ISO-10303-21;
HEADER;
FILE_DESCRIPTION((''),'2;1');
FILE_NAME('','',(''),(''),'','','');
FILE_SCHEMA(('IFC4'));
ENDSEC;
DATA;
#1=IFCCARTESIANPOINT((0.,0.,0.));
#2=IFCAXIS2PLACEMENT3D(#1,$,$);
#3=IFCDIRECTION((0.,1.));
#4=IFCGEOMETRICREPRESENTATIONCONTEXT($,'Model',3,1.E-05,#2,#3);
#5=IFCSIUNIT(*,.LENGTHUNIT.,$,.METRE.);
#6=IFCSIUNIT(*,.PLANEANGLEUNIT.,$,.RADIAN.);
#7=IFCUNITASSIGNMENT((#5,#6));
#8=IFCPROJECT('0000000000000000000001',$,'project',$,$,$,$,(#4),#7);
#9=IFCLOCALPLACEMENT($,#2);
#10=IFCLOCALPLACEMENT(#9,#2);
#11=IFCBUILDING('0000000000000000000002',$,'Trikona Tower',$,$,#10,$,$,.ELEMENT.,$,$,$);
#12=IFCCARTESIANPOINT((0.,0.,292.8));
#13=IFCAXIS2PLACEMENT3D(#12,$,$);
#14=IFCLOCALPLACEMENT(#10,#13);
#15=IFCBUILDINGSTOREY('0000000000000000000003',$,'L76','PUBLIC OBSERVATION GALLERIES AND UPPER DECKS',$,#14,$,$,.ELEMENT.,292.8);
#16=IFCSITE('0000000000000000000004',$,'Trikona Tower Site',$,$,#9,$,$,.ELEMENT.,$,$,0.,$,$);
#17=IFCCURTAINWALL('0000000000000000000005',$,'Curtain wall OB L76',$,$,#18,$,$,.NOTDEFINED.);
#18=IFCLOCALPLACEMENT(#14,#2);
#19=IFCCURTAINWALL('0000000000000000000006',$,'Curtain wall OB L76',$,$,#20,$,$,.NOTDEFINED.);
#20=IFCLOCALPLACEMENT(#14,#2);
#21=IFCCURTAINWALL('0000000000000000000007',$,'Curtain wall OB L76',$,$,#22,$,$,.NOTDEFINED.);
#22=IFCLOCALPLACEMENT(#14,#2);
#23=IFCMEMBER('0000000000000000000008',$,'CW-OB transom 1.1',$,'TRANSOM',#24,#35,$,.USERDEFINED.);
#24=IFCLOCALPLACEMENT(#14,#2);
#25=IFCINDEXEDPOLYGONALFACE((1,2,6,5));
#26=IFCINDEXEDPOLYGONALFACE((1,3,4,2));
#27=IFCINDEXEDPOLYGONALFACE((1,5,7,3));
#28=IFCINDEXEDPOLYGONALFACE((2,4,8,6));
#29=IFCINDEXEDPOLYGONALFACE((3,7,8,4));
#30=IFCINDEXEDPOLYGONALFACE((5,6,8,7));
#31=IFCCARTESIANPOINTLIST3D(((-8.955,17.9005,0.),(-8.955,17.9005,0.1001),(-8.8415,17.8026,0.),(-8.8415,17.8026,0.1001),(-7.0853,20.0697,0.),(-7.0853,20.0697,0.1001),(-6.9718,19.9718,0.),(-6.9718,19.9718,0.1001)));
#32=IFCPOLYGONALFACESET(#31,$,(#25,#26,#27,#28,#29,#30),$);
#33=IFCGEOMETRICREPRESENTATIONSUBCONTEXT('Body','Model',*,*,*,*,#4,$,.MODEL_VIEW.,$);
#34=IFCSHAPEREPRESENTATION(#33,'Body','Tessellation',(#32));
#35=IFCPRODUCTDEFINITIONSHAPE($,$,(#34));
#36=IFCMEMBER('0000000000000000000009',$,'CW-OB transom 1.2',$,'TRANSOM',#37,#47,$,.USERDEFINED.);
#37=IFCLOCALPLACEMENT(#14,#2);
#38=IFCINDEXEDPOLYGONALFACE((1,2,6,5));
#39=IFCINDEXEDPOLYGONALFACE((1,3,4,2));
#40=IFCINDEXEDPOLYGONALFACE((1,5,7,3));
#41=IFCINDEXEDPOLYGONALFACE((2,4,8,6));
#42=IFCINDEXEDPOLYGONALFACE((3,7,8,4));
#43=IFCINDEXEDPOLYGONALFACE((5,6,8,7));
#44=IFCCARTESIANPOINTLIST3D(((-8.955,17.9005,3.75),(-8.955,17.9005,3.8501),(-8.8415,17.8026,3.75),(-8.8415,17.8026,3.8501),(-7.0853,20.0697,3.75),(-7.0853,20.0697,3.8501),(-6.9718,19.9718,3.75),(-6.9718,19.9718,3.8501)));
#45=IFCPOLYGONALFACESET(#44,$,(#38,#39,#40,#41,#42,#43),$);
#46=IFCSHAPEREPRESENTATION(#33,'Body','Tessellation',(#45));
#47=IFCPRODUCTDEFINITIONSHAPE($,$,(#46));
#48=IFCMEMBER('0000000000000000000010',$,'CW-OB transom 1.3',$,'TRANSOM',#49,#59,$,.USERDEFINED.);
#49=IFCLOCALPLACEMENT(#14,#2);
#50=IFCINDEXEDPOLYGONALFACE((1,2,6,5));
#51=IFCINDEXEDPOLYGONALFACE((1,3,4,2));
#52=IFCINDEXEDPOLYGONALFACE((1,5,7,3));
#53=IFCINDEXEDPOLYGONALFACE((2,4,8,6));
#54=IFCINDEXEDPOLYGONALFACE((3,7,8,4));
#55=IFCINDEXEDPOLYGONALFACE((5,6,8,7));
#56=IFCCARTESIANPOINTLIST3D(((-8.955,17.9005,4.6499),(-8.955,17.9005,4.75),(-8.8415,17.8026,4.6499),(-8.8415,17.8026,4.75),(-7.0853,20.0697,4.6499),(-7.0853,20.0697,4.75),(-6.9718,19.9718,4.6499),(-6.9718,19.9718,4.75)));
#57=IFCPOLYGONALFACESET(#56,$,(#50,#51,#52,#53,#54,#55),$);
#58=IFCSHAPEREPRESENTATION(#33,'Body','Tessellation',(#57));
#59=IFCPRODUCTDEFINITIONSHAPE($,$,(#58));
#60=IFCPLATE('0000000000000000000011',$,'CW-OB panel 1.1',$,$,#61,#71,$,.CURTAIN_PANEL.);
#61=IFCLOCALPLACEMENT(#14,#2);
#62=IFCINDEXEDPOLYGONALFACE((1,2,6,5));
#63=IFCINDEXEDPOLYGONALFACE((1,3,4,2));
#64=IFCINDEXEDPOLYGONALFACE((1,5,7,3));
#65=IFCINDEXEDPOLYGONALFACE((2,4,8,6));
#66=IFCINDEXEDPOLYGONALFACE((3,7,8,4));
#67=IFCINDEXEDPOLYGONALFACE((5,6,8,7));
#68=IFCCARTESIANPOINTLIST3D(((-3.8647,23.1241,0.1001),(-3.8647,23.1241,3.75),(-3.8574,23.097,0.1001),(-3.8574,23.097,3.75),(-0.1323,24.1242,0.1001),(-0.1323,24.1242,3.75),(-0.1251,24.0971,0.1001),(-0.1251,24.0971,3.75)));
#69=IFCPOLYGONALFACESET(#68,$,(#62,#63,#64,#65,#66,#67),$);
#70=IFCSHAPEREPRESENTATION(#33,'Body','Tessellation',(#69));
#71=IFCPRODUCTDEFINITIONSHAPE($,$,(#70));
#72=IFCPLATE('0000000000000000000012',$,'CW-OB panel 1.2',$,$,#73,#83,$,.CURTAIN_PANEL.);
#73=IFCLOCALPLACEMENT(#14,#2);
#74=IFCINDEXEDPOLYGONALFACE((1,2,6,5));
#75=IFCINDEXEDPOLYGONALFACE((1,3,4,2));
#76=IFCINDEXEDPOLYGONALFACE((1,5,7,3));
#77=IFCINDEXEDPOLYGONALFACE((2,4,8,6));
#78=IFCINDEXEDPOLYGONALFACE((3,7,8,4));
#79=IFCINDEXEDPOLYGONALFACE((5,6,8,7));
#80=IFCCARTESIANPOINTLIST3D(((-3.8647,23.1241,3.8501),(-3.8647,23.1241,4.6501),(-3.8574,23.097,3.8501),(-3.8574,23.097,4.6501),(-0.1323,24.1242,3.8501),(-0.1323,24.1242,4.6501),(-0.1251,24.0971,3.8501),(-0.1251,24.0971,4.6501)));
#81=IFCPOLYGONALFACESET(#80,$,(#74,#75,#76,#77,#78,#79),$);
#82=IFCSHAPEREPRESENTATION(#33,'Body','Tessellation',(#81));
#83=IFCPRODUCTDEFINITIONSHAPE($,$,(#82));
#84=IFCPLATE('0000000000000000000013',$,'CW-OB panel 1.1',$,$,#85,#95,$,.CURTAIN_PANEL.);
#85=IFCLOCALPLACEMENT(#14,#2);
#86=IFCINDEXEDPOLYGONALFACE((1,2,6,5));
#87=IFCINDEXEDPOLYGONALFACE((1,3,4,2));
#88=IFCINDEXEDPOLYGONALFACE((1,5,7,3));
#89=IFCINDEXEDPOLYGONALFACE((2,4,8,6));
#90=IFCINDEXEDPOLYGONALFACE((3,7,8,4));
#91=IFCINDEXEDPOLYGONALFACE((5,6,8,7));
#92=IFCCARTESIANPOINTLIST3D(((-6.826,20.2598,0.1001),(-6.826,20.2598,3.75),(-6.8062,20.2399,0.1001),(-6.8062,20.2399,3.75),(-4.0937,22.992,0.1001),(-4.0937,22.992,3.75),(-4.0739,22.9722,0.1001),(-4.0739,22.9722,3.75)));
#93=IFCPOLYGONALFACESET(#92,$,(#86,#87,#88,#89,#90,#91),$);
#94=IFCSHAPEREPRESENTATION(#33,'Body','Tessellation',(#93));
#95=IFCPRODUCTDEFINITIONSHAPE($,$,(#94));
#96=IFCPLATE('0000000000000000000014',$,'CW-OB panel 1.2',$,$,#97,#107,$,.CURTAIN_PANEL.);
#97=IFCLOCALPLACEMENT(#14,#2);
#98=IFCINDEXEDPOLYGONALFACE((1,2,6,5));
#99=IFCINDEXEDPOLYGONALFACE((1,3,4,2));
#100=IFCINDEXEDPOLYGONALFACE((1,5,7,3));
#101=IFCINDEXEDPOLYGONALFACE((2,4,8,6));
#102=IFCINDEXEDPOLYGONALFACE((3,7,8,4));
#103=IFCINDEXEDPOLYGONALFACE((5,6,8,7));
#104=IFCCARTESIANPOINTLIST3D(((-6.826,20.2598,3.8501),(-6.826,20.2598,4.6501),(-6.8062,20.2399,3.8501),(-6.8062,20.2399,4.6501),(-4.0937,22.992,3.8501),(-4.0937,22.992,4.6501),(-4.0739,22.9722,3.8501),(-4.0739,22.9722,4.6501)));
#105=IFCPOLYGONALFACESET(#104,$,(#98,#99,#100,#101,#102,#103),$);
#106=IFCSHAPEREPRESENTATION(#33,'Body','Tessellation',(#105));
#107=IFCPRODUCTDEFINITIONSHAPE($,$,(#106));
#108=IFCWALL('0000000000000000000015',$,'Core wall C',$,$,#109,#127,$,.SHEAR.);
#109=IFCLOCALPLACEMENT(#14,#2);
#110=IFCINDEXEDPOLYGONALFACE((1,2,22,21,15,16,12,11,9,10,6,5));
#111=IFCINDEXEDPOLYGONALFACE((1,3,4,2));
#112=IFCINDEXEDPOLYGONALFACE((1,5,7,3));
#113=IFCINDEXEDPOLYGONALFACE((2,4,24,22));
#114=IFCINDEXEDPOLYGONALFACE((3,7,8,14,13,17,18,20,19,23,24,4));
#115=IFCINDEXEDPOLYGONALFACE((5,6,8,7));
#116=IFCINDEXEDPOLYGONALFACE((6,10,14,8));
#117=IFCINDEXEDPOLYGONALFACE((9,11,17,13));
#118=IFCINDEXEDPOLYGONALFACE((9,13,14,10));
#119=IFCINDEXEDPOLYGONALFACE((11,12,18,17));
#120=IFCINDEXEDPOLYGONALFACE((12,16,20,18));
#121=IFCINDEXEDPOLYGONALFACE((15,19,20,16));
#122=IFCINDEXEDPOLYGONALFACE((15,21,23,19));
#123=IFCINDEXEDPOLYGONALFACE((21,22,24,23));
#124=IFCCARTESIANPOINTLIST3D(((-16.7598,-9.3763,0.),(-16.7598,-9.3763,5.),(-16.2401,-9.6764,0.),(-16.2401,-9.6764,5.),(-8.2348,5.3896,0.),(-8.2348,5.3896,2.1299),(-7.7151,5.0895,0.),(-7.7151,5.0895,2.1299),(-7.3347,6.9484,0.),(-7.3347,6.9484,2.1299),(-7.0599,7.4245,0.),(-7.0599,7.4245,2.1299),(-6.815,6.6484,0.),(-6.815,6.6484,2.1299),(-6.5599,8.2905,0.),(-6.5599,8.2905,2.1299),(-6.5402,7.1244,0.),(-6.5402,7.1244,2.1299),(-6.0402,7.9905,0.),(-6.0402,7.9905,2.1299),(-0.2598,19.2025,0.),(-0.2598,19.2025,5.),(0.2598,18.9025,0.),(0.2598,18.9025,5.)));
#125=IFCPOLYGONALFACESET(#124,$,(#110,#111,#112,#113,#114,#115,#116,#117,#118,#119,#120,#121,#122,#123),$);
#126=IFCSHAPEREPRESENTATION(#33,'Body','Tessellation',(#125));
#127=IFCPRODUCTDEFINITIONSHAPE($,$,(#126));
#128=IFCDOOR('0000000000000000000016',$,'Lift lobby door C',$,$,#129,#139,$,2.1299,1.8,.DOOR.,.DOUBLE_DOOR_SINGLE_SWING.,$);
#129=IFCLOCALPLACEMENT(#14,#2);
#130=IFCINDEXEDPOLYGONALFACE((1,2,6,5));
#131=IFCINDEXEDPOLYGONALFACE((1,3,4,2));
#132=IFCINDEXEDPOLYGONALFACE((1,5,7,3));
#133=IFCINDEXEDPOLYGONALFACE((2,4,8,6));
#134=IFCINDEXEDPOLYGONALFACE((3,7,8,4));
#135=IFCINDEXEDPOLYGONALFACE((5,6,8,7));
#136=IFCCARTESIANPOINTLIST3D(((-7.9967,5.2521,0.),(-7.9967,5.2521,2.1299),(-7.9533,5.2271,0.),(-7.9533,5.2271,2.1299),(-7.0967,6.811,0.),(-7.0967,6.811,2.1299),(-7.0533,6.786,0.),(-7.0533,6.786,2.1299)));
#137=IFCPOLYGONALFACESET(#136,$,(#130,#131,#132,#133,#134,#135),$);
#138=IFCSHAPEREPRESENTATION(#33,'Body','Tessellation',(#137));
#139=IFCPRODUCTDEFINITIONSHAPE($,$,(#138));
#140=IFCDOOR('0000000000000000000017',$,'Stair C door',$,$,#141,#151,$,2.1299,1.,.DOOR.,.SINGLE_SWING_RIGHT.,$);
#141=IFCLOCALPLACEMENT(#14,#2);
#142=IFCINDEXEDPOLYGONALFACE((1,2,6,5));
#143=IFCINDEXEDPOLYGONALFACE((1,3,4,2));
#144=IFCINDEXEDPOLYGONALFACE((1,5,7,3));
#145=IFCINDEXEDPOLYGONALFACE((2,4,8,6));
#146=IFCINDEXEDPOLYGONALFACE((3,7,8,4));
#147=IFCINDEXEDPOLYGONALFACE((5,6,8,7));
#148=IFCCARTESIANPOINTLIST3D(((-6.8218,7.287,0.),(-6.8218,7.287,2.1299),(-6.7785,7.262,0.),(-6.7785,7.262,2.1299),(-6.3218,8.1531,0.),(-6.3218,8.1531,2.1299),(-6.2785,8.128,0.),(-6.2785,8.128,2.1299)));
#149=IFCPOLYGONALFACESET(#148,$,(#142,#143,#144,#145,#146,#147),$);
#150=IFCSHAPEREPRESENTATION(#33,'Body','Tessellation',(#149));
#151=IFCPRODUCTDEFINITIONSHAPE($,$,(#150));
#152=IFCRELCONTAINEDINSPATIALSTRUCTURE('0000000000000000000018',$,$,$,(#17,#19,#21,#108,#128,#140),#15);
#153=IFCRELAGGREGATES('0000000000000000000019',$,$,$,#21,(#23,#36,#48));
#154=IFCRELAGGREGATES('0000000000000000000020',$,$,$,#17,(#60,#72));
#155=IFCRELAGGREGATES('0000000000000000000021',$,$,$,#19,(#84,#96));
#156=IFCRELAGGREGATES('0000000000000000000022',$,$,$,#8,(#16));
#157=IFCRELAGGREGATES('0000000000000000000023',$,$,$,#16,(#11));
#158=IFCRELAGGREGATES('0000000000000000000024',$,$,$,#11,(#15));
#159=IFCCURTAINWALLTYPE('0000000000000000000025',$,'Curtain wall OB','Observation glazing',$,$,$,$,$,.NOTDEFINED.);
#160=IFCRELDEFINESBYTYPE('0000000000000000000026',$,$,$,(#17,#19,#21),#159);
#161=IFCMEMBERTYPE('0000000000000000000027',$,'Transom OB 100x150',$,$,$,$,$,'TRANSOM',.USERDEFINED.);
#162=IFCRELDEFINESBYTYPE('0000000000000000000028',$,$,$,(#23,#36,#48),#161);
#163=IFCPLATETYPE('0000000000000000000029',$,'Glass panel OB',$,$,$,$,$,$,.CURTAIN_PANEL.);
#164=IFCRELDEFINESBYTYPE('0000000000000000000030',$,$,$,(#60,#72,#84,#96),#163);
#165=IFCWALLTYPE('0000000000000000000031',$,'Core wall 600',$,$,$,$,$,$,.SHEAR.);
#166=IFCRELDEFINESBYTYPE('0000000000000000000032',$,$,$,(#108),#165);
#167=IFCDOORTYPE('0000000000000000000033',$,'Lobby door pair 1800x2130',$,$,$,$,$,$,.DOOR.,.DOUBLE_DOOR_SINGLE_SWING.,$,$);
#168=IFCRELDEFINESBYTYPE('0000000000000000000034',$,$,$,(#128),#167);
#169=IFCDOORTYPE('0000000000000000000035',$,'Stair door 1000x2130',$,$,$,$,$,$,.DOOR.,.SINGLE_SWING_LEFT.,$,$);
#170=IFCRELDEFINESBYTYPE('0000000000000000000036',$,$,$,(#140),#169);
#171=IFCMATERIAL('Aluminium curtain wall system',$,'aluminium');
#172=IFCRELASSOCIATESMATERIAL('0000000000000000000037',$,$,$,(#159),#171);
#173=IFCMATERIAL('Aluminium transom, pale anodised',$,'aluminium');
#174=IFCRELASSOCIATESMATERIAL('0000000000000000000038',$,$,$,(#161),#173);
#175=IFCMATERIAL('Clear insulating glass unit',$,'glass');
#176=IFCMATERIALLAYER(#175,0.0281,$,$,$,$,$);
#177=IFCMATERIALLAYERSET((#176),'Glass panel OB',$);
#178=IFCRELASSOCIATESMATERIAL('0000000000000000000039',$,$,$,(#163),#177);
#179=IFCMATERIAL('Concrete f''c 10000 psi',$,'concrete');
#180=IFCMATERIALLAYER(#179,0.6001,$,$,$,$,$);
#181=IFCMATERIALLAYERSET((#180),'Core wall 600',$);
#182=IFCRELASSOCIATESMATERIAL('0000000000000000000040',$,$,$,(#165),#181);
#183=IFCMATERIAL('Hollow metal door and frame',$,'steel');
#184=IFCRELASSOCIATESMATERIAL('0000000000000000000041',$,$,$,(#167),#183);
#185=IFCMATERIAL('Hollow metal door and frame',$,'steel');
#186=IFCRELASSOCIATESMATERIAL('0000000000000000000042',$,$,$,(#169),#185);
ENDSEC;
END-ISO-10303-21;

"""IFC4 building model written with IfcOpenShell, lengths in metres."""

from ifc_helpers import new_model, si_unit, direction, frame, frame_2d, origin, origin_2d, place, context, subcontext, project, spatial, rectangle, extrude, material, layer, layer_set, material_profile, profile_set, type_object, element, fill, aggregate, save


model = new_model("IFC4")

# Units and contexts
model_context = context("Model", 3, precision=1e-05, world=origin(), true_north=direction((0.0, 1.0)))
body_context = subcontext(model_context, "Body", "Model", "MODEL_VIEW")
ifc_project = project(units=[si_unit("LENGTHUNIT", "METRE"), si_unit("PLANEANGLEUNIT", "RADIAN")], contexts=[model_context])

# Site, building, storey
site_placement = place(None, origin())
site = spatial("IfcSite", under=ifc_project, at=site_placement, Name="Trikona Tower Site", CompositionType="ELEMENT", RefElevation=0.0)
building_placement = place(site_placement, origin())
building = spatial("IfcBuilding", under=site, at=building_placement, Name="Trikona Tower", CompositionType="ELEMENT")
storey_placement = place(building_placement, frame((0.0, 0.0, 292.8)))
storey = spatial("IfcBuildingStorey", under=building, at=storey_placement, Name="L76", Description="PUBLIC OBSERVATION GALLERIES AND UPPER DECKS", CompositionType="ELEMENT", Elevation=292.8)

# Curtain walls
ifc_material_1 = material(Name="Aluminium curtain wall system", Category="aluminium")
curtain_wall_type = type_object("IfcCurtainWallType", Name="Curtain wall OB", Description="Observation glazing", PredefinedType="NOTDEFINED", material=ifc_material_1)
curtain_wall_1_placement = place(storey_placement, origin())
curtain_wall_1 = element("IfcCurtainWall", 1, at=curtain_wall_1_placement, inside=storey, type_object=curtain_wall_type, Name="Curtain wall OB L76", PredefinedType="NOTDEFINED")
curtain_wall_2_placement = place(storey_placement, origin())
curtain_wall_2 = element("IfcCurtainWall", 2, at=curtain_wall_2_placement, inside=storey, type_object=curtain_wall_type, Name="Curtain wall OB L76", PredefinedType="NOTDEFINED")

# Curtain wall
curtain_wall_3_placement = place(storey_placement, origin())
curtain_wall_3 = element("IfcCurtainWall", 3, at=curtain_wall_3_placement, inside=storey, type_object=curtain_wall_type, Name="Curtain wall OB L76", PredefinedType="NOTDEFINED")

# Members
ifc_material_2 = material(Name="Aluminium transom, pale anodised", Category="aluminium")
ifc_material_profile_1 = material_profile(ifc_material_2, rectangle(XDim=0.1499, YDim=0.1001, at=origin_2d()), Name="TRN-OB")
ifc_profile_set_1 = profile_set([ifc_material_profile_1], Name="Aluminium transom, pale anodised")
member_type_1 = type_object("IfcMemberType", Name="Transom OB 100x150", ElementType="TRANSOM", PredefinedType="USERDEFINED", material=ifc_profile_set_1)
member_1_placement = place(storey_placement, frame((-7.0286, 20.0208, 0.05), z_axis=(-0.652867, -0.757472, 0.0), x_axis=(0.757472, -0.652867, 0.0)))
member_1 = element("IfcMember", 4, at=member_1_placement, type_object=member_type_1, Name="CW-OB transom 1.1", ObjectType="TRANSOM", PredefinedType="USERDEFINED", context=body_context, shape_type="SweptSolid", body=[
    extrude(rectangle(XDim=0.1499, YDim=0.1001, at=origin_2d()), origin(), (0.0, 0.0, 1.0), 2.8638),
])
member_2_placement = place(storey_placement, frame((-7.0286, 20.0208, 3.8), z_axis=(-0.652867, -0.757472, 0.0), x_axis=(0.757472, -0.652867, 0.0)))
member_2 = element("IfcMember", 5, at=member_2_placement, type_object=member_type_1, Name="CW-OB transom 1.2", ObjectType="TRANSOM", PredefinedType="USERDEFINED", context=body_context, shape_type="SweptSolid", body=[
    extrude(rectangle(XDim=0.1499, YDim=0.1001, at=origin_2d()), origin(), (0.0, 0.0, 1.0), 2.8638),
])
member_3_placement = place(storey_placement, frame((-7.0286, 20.0208, 4.7), z_axis=(-0.652867, -0.757472, 0.0), x_axis=(0.757472, -0.652867, 0.0)))
member_3 = element("IfcMember", 6, at=member_3_placement, type_object=member_type_1, Name="CW-OB transom 1.3", ObjectType="TRANSOM", PredefinedType="USERDEFINED", context=body_context, shape_type="SweptSolid", body=[
    extrude(rectangle(XDim=0.1499, YDim=0.1001, at=origin_2d()), origin(), (0.0, 0.0, 1.0), 2.8638),
])
aggregate(curtain_wall_3, [member_1, member_2, member_3])

# Plates
ifc_material_3 = material(Name="Clear insulating glass unit", Category="glass")
ifc_layer_1 = layer(ifc_material_3, 0.0281)
ifc_layer_set_1 = layer_set([ifc_layer_1], Name="Glass panel OB")
plate_type = type_object("IfcPlateType", Name="Glass panel OB", PredefinedType="CURTAIN_PANEL", material=ifc_layer_set_1)
plate_1_placement = place(storey_placement, frame((-1.9949, 23.6106, 0.1001), z_axis=(0.0, 0.0, 1.0), x_axis=(-0.965923, -0.258828, 0.0)))
plate_1 = element("IfcPlate", 7, at=plate_1_placement, type_object=plate_type, Name="CW-OB panel 1.1", PredefinedType="CURTAIN_PANEL", context=body_context, shape_type="SweptSolid", body=[
    extrude(rectangle(XDim=3.864, YDim=0.0281, at=origin_2d()), origin(), (0.0, 0.0, 1.0), 3.6499),
])
plate_2_placement = place(storey_placement, frame((-1.9949, 23.6106, 3.8501), z_axis=(0.0, 0.0, 1.0), x_axis=(-0.965923, -0.258828, 0.0)))
plate_2 = element("IfcPlate", 8, at=plate_2_placement, type_object=plate_type, Name="CW-OB panel 1.2", PredefinedType="CURTAIN_PANEL", context=body_context, shape_type="SweptSolid", body=[
    extrude(rectangle(XDim=3.864, YDim=0.0281, at=origin_2d()), origin(), (0.0, 0.0, 1.0), 0.8),
])
aggregate(curtain_wall_1, [plate_1, plate_2])
plate_3_placement = place(storey_placement, frame((-5.45, 21.616, 0.1001), z_axis=(0.0, 0.0, 1.0), x_axis=(-0.707107, -0.707107, 0.0)))
plate_3 = element("IfcPlate", 9, at=plate_3_placement, type_object=plate_type, Name="CW-OB panel 1.1", PredefinedType="CURTAIN_PANEL", context=body_context, shape_type="SweptSolid", body=[
    extrude(rectangle(XDim=3.864, YDim=0.0281, at=origin_2d()), origin(), (0.0, 0.0, 1.0), 3.6499),
])
plate_4_placement = place(storey_placement, frame((-5.45, 21.616, 3.8501), z_axis=(0.0, 0.0, 1.0), x_axis=(-0.707107, -0.707107, 0.0)))
plate_4 = element("IfcPlate", 10, at=plate_4_placement, type_object=plate_type, Name="CW-OB panel 1.2", PredefinedType="CURTAIN_PANEL", context=body_context, shape_type="SweptSolid", body=[
    extrude(rectangle(XDim=3.864, YDim=0.0281, at=origin_2d()), origin(), (0.0, 0.0, 1.0), 0.8),
])
aggregate(curtain_wall_2, [plate_3, plate_4])

# Wall, openings, doors
ifc_material_4 = material(Name="Concrete f'c 10000 psi", Category="concrete")
ifc_layer_2 = layer(ifc_material_4, 0.6001)
ifc_layer_set_2 = layer_set([ifc_layer_2], Name="Core wall 600")
wall_type_1 = type_object("IfcWallType", Name="Core wall 600", PredefinedType="SHEAR", material=ifc_layer_set_2)
wall_1_placement = place(storey_placement, frame((0.0, 19.0525, 0.0), z_axis=(0.0, 0.0, 1.0), x_axis=(-0.5, -0.866026, 0.0)))
wall_1 = element("IfcWall", 11, at=wall_1_placement, inside=storey, type_object=wall_type_1, Name="Core wall C", PredefinedType="SHEAR", context=body_context, shape_type="SweptSolid", body=[
    extrude(rectangle(XDim=33.0, YDim=0.6001, at=frame_2d((16.5, 0.0))), origin(), (0.0, 0.0, 1.0), 5.0),
])
opening_1_placement = place(wall_1_placement, frame((14.1499, 0.0, 0.0)))
opening_1 = element("IfcOpeningElement", 12, at=opening_1_placement, cuts=wall_1, PredefinedType="OPENING", context=body_context, shape_type="SweptSolid", body=[
    extrude(rectangle(XDim=1.8, YDim=2.1299, at=frame_2d((0.8999, 1.0649))), frame((0.0, 0.3101, 0.0), z_axis=(0.0, -1.0, 0.0), x_axis=(1.0, 0.0, 0.0)), (0.0, 0.0, 1.0), 0.6201),
])
opening_2_placement = place(wall_1_placement, frame((12.6001, 0.0, 0.0)))
opening_2 = element("IfcOpeningElement", 13, at=opening_2_placement, cuts=wall_1, PredefinedType="OPENING", context=body_context, shape_type="SweptSolid", body=[
    extrude(rectangle(XDim=1.0, YDim=2.1299, at=frame_2d((0.5, 1.0649))), frame((0.0, 0.3101, 0.0), z_axis=(0.0, -1.0, 0.0), x_axis=(1.0, 0.0, 0.0)), (0.0, 0.0, 1.0), 0.6201),
])
ifc_material_5 = material(Name="Hollow metal door and frame", Category="steel")
door_type_1 = type_object("IfcDoorType", Name="Lobby door pair 1800x2130", OperationType="DOUBLE_DOOR_SINGLE_SWING", PredefinedType="DOOR", material=ifc_material_5)
door_1_placement = place(opening_1_placement, origin())
door_1 = element("IfcDoor", 14, at=door_1_placement, inside=storey, type_object=door_type_1, Name="Lift lobby door C", OperationType="DOUBLE_DOOR_SINGLE_SWING", OverallHeight=2.1299, OverallWidth=1.8, PredefinedType="DOOR", context=body_context, shape_type="SweptSolid", body=[
    extrude(rectangle(XDim=1.8, YDim=2.1299, at=frame_2d((0.8999, 1.0649))), frame((0.0, 0.0249, 0.0), z_axis=(0.0, -1.0, 0.0), x_axis=(1.0, 0.0, 0.0)), (0.0, 0.0, 1.0), 0.05),
])
fill(opening_1, door_1)
ifc_material_6 = material(Name="Hollow metal door and frame", Category="steel")
door_type_2 = type_object("IfcDoorType", Name="Stair door 1000x2130", OperationType="SINGLE_SWING_LEFT", PredefinedType="DOOR", material=ifc_material_6)
door_2_placement = place(opening_2_placement, origin())
door_2 = element("IfcDoor", 15, at=door_2_placement, inside=storey, type_object=door_type_2, Name="Stair C door", OperationType="SINGLE_SWING_RIGHT", OverallHeight=2.1299, OverallWidth=1.0, PredefinedType="DOOR", context=body_context, shape_type="SweptSolid", body=[
    extrude(rectangle(XDim=1.0, YDim=2.1299, at=frame_2d((0.5, 1.0649))), frame((0.0, 0.0249, 0.0), z_axis=(0.0, -1.0, 0.0), x_axis=(1.0, 0.0, 0.0)), (0.0, 0.0, 1.0), 0.05),
])
fill(opening_2, door_2)

save(model, "model.ifc")
